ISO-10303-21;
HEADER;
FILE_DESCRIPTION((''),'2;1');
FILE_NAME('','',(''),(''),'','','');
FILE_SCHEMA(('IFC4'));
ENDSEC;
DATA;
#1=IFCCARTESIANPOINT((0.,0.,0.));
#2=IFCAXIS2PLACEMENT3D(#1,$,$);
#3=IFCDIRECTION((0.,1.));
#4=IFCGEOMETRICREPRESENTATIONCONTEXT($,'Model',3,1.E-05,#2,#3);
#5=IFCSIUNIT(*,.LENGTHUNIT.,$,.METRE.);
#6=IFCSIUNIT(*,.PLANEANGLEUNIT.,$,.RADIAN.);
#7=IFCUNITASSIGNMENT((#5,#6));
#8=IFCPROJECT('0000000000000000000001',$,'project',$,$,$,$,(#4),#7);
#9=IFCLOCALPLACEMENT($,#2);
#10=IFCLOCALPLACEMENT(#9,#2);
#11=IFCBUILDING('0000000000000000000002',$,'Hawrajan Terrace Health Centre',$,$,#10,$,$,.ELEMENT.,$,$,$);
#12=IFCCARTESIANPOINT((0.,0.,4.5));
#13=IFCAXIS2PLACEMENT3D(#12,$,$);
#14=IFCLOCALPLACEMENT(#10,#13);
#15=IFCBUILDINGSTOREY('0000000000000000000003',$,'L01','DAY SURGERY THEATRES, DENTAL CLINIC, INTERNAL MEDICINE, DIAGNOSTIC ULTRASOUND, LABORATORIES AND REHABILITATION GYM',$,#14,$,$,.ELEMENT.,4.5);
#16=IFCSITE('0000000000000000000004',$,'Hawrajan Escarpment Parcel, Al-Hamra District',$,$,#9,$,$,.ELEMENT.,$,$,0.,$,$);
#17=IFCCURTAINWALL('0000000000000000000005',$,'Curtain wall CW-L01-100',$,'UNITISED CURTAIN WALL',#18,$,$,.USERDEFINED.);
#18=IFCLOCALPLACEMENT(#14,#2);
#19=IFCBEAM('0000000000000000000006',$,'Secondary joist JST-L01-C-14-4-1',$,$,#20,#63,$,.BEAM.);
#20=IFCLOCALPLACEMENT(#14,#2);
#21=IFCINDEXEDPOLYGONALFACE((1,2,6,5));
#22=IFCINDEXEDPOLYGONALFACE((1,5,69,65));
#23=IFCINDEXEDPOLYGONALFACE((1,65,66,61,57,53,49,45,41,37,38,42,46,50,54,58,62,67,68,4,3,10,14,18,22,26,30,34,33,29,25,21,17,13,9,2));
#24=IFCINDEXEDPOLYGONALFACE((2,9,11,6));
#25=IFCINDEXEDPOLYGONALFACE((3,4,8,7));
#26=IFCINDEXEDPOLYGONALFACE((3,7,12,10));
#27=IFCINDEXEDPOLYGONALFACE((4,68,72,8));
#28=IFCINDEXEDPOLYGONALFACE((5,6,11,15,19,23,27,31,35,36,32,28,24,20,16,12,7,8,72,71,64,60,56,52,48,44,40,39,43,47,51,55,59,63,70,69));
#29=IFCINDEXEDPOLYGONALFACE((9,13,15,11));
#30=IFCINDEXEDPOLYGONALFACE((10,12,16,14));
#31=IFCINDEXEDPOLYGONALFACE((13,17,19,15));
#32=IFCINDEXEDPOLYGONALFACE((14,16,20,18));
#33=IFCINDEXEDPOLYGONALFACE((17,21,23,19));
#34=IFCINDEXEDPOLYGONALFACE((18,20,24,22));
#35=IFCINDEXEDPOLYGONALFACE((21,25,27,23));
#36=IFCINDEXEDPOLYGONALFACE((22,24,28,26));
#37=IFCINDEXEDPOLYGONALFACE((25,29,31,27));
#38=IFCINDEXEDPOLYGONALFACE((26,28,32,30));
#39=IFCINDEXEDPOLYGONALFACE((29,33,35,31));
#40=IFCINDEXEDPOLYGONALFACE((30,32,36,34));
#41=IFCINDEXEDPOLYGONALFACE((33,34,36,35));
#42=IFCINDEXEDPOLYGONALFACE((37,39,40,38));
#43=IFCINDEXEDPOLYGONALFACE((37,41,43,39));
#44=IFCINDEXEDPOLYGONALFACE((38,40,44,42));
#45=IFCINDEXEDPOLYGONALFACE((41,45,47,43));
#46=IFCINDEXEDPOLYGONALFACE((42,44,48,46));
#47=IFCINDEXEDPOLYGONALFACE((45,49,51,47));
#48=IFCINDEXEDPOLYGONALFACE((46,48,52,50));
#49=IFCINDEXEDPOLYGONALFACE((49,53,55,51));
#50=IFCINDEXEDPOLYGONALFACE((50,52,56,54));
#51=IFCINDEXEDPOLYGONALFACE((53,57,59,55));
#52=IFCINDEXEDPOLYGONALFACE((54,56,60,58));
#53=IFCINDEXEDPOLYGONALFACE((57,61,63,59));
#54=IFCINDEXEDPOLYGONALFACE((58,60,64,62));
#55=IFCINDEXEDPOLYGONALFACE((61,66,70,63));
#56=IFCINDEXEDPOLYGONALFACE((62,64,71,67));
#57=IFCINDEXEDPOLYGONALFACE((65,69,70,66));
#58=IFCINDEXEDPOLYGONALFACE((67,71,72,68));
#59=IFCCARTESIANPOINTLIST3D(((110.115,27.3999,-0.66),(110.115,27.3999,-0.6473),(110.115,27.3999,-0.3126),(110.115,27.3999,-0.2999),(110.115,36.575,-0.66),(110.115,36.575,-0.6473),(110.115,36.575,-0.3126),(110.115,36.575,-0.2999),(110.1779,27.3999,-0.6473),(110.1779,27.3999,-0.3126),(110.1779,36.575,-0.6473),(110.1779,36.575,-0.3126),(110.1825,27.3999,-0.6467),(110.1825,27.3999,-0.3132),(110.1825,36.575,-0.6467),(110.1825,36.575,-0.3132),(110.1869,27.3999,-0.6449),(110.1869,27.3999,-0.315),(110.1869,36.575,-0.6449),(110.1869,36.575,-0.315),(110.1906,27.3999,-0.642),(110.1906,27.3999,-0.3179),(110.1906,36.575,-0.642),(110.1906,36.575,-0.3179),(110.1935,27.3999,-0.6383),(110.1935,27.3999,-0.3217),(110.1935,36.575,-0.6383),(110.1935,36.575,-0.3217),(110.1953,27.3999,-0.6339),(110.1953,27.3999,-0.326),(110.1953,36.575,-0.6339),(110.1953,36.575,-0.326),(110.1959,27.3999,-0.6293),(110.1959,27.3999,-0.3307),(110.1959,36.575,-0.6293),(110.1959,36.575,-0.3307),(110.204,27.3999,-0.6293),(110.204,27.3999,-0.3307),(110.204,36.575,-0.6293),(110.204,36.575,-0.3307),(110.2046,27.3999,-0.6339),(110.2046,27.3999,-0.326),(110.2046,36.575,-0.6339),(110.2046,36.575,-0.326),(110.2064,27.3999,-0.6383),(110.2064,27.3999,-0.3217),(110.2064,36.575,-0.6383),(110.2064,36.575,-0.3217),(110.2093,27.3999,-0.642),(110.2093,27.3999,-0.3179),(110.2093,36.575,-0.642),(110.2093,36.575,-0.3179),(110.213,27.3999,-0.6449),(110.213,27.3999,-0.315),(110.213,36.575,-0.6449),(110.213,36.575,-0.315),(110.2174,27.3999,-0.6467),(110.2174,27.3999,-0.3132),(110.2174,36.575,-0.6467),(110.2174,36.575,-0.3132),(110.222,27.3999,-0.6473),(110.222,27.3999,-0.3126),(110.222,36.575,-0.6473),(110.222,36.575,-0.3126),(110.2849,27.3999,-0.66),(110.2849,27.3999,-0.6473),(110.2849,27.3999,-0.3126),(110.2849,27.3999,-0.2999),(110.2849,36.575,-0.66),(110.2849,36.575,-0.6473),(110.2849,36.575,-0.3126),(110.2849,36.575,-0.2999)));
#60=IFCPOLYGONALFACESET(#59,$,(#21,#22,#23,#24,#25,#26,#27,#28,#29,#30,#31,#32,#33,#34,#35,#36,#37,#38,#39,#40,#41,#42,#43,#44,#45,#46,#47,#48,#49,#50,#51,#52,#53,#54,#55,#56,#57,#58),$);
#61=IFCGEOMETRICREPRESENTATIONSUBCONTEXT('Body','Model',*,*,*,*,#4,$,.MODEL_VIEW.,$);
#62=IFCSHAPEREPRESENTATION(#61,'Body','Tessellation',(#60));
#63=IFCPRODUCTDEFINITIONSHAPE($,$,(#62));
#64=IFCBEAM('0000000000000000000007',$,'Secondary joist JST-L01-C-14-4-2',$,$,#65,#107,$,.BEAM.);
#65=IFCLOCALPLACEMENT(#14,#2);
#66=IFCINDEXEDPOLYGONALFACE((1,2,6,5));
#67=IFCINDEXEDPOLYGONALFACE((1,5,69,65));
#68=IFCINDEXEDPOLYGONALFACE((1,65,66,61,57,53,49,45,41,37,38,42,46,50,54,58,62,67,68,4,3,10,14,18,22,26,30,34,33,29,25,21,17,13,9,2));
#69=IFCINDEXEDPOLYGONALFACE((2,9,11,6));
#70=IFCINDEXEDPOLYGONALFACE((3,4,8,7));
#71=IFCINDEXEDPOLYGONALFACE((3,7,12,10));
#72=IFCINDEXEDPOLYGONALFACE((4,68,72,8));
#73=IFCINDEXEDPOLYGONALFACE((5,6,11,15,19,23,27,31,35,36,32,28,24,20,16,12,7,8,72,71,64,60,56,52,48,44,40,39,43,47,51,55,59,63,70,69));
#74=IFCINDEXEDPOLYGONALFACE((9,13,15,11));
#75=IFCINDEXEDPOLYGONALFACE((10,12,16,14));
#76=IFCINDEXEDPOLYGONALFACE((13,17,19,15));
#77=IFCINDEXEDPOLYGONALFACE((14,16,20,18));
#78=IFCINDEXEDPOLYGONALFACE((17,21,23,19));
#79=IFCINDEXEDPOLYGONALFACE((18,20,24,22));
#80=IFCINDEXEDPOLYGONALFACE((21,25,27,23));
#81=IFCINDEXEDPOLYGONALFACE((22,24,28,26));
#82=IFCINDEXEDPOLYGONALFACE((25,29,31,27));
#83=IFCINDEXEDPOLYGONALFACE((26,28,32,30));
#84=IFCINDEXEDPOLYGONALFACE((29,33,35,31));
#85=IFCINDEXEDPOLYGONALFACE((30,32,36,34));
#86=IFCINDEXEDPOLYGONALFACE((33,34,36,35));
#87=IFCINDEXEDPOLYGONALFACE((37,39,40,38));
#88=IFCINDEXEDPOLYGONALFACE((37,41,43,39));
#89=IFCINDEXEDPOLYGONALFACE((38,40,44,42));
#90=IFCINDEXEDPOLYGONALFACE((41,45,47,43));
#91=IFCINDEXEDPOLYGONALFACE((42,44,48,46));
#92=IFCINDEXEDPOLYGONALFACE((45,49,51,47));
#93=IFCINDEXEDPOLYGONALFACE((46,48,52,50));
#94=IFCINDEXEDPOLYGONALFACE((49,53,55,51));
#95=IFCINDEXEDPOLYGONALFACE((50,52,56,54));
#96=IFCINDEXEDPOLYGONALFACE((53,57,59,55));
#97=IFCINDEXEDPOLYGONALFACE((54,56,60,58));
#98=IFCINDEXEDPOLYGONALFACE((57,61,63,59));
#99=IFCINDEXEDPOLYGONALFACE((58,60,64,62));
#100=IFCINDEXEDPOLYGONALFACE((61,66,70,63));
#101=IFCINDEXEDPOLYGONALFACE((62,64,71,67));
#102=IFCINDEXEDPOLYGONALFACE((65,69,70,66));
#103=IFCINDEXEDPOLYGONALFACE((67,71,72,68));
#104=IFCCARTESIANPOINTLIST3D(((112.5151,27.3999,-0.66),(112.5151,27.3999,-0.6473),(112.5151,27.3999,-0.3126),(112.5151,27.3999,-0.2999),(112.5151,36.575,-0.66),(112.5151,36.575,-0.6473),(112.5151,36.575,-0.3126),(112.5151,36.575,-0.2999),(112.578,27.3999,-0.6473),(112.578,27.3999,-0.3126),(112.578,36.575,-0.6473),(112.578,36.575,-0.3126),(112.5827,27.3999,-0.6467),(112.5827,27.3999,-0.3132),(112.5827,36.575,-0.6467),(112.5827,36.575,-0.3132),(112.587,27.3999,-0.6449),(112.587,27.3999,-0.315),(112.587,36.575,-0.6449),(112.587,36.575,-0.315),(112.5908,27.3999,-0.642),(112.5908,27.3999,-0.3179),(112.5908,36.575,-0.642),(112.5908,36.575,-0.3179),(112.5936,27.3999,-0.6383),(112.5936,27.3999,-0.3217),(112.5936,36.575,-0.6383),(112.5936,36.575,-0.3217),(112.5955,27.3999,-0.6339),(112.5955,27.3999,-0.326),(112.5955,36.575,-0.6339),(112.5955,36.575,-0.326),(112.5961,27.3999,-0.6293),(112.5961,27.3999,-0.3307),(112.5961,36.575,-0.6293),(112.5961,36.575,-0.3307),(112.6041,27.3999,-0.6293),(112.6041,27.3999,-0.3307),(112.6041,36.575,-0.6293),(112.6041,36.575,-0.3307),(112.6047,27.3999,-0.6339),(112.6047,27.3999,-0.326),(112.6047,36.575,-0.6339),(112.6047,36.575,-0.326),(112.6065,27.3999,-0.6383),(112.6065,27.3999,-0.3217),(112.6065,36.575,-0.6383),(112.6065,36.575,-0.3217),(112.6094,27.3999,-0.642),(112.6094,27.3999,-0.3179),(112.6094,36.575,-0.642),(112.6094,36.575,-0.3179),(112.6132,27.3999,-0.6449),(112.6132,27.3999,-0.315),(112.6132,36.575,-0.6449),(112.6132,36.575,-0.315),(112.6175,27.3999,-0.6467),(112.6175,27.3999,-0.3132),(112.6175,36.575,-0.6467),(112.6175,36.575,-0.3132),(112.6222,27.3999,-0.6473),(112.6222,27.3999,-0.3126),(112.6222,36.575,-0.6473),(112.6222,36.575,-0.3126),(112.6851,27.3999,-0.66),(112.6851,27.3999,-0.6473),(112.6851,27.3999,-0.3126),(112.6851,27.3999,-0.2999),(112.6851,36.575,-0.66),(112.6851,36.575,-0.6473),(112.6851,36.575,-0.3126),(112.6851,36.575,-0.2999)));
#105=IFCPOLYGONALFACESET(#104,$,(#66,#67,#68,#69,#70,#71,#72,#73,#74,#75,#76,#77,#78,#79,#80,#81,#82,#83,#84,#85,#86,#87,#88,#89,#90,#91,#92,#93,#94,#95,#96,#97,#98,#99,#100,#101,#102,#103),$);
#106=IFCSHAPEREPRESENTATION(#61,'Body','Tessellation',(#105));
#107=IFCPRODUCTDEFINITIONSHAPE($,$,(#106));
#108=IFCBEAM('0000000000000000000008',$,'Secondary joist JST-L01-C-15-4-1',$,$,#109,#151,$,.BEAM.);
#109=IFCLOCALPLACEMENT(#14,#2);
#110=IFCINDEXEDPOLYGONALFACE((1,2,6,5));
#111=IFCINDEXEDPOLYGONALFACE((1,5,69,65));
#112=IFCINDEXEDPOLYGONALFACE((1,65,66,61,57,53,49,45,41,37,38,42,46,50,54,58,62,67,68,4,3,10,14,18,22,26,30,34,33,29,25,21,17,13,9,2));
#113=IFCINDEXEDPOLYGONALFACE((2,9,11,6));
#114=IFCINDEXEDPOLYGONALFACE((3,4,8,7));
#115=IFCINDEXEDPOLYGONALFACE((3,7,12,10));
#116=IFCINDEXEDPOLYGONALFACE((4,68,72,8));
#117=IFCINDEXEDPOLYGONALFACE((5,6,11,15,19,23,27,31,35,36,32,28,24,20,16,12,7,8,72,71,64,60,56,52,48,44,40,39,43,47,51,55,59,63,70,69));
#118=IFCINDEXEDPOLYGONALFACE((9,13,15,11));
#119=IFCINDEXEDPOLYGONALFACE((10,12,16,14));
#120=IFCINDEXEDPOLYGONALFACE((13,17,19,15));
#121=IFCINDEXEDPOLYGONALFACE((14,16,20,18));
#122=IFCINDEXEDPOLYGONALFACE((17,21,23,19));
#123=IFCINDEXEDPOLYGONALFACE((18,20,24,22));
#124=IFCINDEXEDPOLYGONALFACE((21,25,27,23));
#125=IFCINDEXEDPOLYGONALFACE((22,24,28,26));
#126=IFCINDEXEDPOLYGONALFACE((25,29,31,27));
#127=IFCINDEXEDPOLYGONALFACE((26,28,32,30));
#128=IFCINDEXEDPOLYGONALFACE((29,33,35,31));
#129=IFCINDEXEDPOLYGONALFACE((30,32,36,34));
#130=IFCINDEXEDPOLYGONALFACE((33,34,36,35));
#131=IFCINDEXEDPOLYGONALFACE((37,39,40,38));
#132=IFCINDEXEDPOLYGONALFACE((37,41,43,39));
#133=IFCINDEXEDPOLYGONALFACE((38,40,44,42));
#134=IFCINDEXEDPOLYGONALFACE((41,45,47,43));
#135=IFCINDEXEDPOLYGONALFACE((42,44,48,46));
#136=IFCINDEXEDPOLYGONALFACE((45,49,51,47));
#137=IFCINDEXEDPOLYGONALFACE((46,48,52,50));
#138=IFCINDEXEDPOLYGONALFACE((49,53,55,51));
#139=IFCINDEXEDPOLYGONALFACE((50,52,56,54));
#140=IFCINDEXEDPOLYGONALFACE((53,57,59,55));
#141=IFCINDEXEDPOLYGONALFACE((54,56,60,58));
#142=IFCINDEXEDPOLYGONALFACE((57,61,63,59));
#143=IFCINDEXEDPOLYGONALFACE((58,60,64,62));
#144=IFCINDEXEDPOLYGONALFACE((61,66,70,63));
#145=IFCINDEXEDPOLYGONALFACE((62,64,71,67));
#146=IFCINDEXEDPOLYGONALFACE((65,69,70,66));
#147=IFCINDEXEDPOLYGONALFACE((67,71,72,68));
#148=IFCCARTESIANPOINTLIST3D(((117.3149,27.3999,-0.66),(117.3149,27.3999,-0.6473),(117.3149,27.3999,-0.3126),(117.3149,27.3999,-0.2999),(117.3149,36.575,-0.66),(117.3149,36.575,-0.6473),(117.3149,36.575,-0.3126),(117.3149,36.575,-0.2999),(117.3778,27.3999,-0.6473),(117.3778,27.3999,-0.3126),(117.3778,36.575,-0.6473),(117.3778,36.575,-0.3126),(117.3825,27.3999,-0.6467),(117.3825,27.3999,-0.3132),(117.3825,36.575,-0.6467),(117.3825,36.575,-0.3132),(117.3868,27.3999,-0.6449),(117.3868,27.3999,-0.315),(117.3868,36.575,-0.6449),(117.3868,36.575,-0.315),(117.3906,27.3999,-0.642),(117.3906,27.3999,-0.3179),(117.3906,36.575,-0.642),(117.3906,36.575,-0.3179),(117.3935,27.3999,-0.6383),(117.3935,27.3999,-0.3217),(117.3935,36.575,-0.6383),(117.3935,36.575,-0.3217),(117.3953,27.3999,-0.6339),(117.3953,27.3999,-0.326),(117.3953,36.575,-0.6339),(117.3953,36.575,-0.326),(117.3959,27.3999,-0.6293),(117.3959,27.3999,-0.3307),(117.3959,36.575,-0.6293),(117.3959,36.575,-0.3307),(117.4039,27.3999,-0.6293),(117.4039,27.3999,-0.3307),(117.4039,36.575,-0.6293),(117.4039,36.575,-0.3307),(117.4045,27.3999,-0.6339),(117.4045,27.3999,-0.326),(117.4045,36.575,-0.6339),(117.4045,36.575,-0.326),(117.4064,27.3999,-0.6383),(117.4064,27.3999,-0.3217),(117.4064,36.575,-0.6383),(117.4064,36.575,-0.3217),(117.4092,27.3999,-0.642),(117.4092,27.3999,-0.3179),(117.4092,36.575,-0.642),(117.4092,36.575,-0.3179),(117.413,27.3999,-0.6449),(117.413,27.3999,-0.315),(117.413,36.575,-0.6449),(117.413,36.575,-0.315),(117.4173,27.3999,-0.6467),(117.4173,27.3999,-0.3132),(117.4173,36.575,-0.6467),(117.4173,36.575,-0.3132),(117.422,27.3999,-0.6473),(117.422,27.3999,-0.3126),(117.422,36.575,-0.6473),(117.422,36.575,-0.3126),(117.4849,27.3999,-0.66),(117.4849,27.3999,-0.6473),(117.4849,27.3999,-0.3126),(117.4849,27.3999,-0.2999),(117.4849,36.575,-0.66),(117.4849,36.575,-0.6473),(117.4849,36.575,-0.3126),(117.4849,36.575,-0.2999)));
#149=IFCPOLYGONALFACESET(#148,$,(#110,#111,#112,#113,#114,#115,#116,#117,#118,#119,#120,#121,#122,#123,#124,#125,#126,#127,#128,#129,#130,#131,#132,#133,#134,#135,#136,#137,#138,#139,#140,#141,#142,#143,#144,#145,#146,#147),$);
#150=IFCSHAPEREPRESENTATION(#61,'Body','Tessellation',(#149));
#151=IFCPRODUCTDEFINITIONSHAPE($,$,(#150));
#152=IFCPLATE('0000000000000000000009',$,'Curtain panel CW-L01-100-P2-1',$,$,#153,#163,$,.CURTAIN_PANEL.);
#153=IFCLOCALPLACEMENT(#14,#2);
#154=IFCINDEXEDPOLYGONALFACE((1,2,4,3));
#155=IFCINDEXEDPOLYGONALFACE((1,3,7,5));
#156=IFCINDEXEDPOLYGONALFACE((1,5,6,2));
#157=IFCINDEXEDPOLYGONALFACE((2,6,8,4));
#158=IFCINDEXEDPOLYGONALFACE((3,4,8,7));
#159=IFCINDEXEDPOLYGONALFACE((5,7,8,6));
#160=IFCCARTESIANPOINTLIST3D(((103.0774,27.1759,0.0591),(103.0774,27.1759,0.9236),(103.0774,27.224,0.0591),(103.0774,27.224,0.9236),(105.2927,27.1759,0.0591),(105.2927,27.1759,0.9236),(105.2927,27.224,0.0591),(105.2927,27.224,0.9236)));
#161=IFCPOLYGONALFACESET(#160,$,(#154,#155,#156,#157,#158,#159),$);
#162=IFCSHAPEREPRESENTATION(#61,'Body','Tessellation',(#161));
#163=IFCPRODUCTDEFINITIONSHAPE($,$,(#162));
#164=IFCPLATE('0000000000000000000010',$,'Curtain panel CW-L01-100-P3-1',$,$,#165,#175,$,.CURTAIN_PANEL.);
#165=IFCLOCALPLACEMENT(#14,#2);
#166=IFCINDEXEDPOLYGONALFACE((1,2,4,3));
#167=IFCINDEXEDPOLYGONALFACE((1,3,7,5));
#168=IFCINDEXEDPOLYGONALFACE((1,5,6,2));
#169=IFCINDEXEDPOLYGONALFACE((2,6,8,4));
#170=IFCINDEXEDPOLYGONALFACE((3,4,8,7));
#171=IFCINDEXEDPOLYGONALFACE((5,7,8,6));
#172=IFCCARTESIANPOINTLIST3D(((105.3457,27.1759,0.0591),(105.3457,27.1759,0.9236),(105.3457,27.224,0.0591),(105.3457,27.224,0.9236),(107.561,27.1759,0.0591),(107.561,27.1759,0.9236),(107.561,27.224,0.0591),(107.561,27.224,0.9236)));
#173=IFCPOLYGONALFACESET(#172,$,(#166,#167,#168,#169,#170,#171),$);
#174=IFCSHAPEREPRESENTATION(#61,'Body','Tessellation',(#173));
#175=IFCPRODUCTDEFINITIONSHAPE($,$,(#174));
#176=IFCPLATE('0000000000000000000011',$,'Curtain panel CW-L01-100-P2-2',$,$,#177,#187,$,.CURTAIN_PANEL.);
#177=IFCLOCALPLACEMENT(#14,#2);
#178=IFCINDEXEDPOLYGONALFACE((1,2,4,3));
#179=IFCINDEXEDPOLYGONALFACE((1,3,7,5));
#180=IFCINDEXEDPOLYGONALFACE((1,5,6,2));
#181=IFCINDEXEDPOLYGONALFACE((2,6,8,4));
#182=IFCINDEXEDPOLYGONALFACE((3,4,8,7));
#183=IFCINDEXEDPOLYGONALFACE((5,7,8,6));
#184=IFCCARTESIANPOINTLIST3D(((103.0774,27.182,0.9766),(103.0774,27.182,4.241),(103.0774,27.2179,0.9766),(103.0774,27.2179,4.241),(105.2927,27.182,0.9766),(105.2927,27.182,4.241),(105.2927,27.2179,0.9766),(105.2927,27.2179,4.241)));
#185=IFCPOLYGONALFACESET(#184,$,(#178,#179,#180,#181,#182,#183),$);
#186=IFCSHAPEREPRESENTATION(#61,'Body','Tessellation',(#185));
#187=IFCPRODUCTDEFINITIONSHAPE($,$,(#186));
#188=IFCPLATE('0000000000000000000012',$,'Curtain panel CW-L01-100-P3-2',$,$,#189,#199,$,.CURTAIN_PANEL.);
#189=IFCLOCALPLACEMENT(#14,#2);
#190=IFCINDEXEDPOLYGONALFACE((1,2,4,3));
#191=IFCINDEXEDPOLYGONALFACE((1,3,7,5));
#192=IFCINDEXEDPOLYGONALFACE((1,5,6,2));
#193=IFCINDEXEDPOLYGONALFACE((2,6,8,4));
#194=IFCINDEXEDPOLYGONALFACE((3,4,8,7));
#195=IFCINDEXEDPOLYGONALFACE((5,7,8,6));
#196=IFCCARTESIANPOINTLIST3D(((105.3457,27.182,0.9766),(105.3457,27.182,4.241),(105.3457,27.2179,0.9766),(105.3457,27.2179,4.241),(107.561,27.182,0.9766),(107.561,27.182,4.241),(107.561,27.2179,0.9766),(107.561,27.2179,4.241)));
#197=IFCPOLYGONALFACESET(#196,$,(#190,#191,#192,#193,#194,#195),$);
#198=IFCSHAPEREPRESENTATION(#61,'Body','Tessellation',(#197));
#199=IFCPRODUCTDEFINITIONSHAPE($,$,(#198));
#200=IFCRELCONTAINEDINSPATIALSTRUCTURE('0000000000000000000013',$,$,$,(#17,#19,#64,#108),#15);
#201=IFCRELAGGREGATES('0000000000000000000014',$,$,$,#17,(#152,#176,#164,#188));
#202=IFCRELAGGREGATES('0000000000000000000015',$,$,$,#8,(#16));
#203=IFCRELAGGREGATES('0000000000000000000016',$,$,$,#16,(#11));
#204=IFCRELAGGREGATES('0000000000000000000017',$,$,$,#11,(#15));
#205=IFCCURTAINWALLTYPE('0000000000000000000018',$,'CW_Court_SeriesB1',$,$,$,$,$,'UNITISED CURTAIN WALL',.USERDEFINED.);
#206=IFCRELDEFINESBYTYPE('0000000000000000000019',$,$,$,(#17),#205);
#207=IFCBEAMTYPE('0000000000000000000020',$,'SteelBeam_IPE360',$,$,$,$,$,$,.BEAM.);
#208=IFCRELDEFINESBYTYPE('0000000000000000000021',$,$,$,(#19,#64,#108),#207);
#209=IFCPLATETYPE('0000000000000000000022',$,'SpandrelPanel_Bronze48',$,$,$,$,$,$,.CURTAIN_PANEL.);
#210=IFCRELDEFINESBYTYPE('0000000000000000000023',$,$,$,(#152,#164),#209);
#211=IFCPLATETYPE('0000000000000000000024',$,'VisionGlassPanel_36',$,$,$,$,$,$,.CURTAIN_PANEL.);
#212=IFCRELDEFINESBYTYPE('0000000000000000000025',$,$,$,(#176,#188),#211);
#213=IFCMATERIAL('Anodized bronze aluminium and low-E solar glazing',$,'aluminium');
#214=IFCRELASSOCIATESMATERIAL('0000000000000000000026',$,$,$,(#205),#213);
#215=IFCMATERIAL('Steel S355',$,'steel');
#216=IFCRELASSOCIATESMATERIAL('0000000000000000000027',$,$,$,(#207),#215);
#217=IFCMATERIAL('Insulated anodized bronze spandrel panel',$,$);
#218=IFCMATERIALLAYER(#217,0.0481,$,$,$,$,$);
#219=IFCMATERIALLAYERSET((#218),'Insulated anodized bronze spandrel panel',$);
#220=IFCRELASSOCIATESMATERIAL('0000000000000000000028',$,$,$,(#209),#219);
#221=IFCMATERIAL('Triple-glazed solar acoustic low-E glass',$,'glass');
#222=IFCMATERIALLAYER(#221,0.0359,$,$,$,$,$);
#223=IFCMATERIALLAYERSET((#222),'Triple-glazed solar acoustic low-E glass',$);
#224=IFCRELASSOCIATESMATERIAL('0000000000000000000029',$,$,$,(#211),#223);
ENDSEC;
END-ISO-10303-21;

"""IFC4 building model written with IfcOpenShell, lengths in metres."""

from ifc_helpers import new_model, si_unit, direction, frame, origin, origin_2d, place, context, subcontext, project, spatial, rectangle, i_section, extrude, material, layer, layer_set, material_profile, profile_set, type_object, element, aggregate, save


model = new_model("IFC4")

# Units and contexts
model_context = context("Model", 3, precision=1e-05, world=origin(), true_north=direction((0.0, 1.0)))
body_context = subcontext(model_context, "Body", "Model", "MODEL_VIEW")
ifc_project = project(units=[si_unit("LENGTHUNIT", "METRE"), si_unit("PLANEANGLEUNIT", "RADIAN")], contexts=[model_context])

# Site, building, storey
site_placement = place(None, origin())
site = spatial("IfcSite", under=ifc_project, at=site_placement, Name="Hawrajan Escarpment Parcel, Al-Hamra District", CompositionType="ELEMENT", RefElevation=0.0)
building_placement = place(site_placement, origin())
building = spatial("IfcBuilding", under=site, at=building_placement, Name="Hawrajan Terrace Health Centre", CompositionType="ELEMENT")
storey_placement = place(building_placement, frame((0.0, 0.0, 4.5)))
storey = spatial("IfcBuildingStorey", under=building, at=storey_placement, Name="L01", Description="DAY SURGERY THEATRES, DENTAL CLINIC, INTERNAL MEDICINE, DIAGNOSTIC ULTRASOUND, LABORATORIES AND REHABILITATION GYM", CompositionType="ELEMENT", Elevation=4.5)

# Curtain wall
ifc_material_1 = material(Name="Anodized bronze aluminium and low-E solar glazing", Category="aluminium")
curtain_wall_type = type_object("IfcCurtainWallType", Name="CW_Court_SeriesB1", ElementType="UNITISED CURTAIN WALL", PredefinedType="USERDEFINED", material=ifc_material_1)
curtain_wall_placement = place(storey_placement, origin())
curtain_wall = element("IfcCurtainWall", 1, at=curtain_wall_placement, inside=storey, type_object=curtain_wall_type, Name="Curtain wall CW-L01-100", ObjectType="UNITISED CURTAIN WALL", PredefinedType="USERDEFINED")

# Beams
ifc_material_2 = material(Name="Steel S355", Category="steel")
ifc_material_profile_1 = material_profile(ifc_material_2, i_section(OverallWidth=0.1699, OverallDepth=0.3601, WebThickness=0.0081, FlangeThickness=0.0127, FilletRadius=0.0181, at=origin_2d()), Name="IPE 360")
ifc_profile_set_1 = profile_set([ifc_material_profile_1], Name="Steel S355")
beam_type_1 = type_object("IfcBeamType", Name="SteelBeam_IPE360", PredefinedType="BEAM", material=ifc_profile_set_1)
for number, where, z_axis, x_axis, name in (
    (2, (110.2, 27.3999, -0.48), (0.0, 1.0, 0.0), (-1.0, 0.0, 0.0), "Secondary joist JST-L01-C-14-4-1"),
    (3, (112.6001, 27.3999, -0.48), (0.0, 1.0, 0.0), (-1.0, 0.0, 0.0), "Secondary joist JST-L01-C-14-4-2"),
    (4, (117.3999, 27.3999, -0.48), (0.0, 1.0, 0.0), (-1.0, 0.0, 0.0), "Secondary joist JST-L01-C-15-4-1"),
):
    element("IfcBeam", number, at=place(storey_placement, frame(where, z_axis=z_axis, x_axis=x_axis)), inside=storey, type_object=beam_type_1, Name=name, PredefinedType="BEAM", context=body_context, shape_type="SweptSolid", body=[
        extrude(i_section(OverallWidth=0.1699, OverallDepth=0.3601, WebThickness=0.0081, FlangeThickness=0.0127, FilletRadius=0.0181, at=origin_2d()), origin(), (0.0, 0.0, 1.0), 9.175),
    ])

# Plates
ifc_material_3 = material(Name="Insulated anodized bronze spandrel panel")
ifc_layer_1 = layer(ifc_material_3, 0.0481)
ifc_layer_set_1 = layer_set([ifc_layer_1], Name="Insulated anodized bronze spandrel panel")
plate_type_1 = type_object("IfcPlateType", Name="SpandrelPanel_Bronze48", PredefinedType="CURTAIN_PANEL", material=ifc_layer_set_1)
plate_1_placement = place(storey_placement, frame((104.1851, 27.2, 0.0591), z_axis=(0.0, 0.0, 1.0), x_axis=(1.0, 0.0, 0.0)))
plate_1 = element("IfcPlate", 5, at=plate_1_placement, type_object=plate_type_1, Name="Curtain panel CW-L01-100-P2-1", PredefinedType="CURTAIN_PANEL", context=body_context, shape_type="SweptSolid", body=[
    extrude(rectangle(XDim=2.2153, YDim=0.0481, at=origin_2d()), origin(), (0.0, 0.0, 1.0), 0.8645),
])
plate_2_placement = place(storey_placement, frame((106.4534, 27.2, 0.0591), z_axis=(0.0, 0.0, 1.0), x_axis=(1.0, 0.0, 0.0)))
plate_2 = element("IfcPlate", 6, at=plate_2_placement, type_object=plate_type_1, Name="Curtain panel CW-L01-100-P3-1", PredefinedType="CURTAIN_PANEL", context=body_context, shape_type="SweptSolid", body=[
    extrude(rectangle(XDim=2.2153, YDim=0.0481, at=origin_2d()), origin(), (0.0, 0.0, 1.0), 0.8645),
])
ifc_material_4 = material(Name="Triple-glazed solar acoustic low-E glass", Category="glass")
ifc_layer_2 = layer(ifc_material_4, 0.0359)
ifc_layer_set_2 = layer_set([ifc_layer_2], Name="Triple-glazed solar acoustic low-E glass")
plate_type_2 = type_object("IfcPlateType", Name="VisionGlassPanel_36", PredefinedType="CURTAIN_PANEL", material=ifc_layer_set_2)
plate_3_placement = place(storey_placement, frame((104.1851, 27.2, 0.9766), z_axis=(0.0, 0.0, 1.0), x_axis=(1.0, 0.0, 0.0)))
plate_3 = element("IfcPlate", 7, at=plate_3_placement, type_object=plate_type_2, Name="Curtain panel CW-L01-100-P2-2", PredefinedType="CURTAIN_PANEL", context=body_context, shape_type="SweptSolid", body=[
    extrude(rectangle(XDim=2.2153, YDim=0.0359, at=origin_2d()), origin(), (0.0, 0.0, 1.0), 3.2644),
])
plate_4_placement = place(storey_placement, frame((106.4534, 27.2, 0.9766), z_axis=(0.0, 0.0, 1.0), x_axis=(1.0, 0.0, 0.0)))
plate_4 = element("IfcPlate", 8, at=plate_4_placement, type_object=plate_type_2, Name="Curtain panel CW-L01-100-P3-2", PredefinedType="CURTAIN_PANEL", context=body_context, shape_type="SweptSolid", body=[
    extrude(rectangle(XDim=2.2153, YDim=0.0359, at=origin_2d()), origin(), (0.0, 0.0, 1.0), 3.2644),
])
aggregate(curtain_wall, [plate_1, plate_3, plate_2, plate_4])

save(model, "model.ifc")
